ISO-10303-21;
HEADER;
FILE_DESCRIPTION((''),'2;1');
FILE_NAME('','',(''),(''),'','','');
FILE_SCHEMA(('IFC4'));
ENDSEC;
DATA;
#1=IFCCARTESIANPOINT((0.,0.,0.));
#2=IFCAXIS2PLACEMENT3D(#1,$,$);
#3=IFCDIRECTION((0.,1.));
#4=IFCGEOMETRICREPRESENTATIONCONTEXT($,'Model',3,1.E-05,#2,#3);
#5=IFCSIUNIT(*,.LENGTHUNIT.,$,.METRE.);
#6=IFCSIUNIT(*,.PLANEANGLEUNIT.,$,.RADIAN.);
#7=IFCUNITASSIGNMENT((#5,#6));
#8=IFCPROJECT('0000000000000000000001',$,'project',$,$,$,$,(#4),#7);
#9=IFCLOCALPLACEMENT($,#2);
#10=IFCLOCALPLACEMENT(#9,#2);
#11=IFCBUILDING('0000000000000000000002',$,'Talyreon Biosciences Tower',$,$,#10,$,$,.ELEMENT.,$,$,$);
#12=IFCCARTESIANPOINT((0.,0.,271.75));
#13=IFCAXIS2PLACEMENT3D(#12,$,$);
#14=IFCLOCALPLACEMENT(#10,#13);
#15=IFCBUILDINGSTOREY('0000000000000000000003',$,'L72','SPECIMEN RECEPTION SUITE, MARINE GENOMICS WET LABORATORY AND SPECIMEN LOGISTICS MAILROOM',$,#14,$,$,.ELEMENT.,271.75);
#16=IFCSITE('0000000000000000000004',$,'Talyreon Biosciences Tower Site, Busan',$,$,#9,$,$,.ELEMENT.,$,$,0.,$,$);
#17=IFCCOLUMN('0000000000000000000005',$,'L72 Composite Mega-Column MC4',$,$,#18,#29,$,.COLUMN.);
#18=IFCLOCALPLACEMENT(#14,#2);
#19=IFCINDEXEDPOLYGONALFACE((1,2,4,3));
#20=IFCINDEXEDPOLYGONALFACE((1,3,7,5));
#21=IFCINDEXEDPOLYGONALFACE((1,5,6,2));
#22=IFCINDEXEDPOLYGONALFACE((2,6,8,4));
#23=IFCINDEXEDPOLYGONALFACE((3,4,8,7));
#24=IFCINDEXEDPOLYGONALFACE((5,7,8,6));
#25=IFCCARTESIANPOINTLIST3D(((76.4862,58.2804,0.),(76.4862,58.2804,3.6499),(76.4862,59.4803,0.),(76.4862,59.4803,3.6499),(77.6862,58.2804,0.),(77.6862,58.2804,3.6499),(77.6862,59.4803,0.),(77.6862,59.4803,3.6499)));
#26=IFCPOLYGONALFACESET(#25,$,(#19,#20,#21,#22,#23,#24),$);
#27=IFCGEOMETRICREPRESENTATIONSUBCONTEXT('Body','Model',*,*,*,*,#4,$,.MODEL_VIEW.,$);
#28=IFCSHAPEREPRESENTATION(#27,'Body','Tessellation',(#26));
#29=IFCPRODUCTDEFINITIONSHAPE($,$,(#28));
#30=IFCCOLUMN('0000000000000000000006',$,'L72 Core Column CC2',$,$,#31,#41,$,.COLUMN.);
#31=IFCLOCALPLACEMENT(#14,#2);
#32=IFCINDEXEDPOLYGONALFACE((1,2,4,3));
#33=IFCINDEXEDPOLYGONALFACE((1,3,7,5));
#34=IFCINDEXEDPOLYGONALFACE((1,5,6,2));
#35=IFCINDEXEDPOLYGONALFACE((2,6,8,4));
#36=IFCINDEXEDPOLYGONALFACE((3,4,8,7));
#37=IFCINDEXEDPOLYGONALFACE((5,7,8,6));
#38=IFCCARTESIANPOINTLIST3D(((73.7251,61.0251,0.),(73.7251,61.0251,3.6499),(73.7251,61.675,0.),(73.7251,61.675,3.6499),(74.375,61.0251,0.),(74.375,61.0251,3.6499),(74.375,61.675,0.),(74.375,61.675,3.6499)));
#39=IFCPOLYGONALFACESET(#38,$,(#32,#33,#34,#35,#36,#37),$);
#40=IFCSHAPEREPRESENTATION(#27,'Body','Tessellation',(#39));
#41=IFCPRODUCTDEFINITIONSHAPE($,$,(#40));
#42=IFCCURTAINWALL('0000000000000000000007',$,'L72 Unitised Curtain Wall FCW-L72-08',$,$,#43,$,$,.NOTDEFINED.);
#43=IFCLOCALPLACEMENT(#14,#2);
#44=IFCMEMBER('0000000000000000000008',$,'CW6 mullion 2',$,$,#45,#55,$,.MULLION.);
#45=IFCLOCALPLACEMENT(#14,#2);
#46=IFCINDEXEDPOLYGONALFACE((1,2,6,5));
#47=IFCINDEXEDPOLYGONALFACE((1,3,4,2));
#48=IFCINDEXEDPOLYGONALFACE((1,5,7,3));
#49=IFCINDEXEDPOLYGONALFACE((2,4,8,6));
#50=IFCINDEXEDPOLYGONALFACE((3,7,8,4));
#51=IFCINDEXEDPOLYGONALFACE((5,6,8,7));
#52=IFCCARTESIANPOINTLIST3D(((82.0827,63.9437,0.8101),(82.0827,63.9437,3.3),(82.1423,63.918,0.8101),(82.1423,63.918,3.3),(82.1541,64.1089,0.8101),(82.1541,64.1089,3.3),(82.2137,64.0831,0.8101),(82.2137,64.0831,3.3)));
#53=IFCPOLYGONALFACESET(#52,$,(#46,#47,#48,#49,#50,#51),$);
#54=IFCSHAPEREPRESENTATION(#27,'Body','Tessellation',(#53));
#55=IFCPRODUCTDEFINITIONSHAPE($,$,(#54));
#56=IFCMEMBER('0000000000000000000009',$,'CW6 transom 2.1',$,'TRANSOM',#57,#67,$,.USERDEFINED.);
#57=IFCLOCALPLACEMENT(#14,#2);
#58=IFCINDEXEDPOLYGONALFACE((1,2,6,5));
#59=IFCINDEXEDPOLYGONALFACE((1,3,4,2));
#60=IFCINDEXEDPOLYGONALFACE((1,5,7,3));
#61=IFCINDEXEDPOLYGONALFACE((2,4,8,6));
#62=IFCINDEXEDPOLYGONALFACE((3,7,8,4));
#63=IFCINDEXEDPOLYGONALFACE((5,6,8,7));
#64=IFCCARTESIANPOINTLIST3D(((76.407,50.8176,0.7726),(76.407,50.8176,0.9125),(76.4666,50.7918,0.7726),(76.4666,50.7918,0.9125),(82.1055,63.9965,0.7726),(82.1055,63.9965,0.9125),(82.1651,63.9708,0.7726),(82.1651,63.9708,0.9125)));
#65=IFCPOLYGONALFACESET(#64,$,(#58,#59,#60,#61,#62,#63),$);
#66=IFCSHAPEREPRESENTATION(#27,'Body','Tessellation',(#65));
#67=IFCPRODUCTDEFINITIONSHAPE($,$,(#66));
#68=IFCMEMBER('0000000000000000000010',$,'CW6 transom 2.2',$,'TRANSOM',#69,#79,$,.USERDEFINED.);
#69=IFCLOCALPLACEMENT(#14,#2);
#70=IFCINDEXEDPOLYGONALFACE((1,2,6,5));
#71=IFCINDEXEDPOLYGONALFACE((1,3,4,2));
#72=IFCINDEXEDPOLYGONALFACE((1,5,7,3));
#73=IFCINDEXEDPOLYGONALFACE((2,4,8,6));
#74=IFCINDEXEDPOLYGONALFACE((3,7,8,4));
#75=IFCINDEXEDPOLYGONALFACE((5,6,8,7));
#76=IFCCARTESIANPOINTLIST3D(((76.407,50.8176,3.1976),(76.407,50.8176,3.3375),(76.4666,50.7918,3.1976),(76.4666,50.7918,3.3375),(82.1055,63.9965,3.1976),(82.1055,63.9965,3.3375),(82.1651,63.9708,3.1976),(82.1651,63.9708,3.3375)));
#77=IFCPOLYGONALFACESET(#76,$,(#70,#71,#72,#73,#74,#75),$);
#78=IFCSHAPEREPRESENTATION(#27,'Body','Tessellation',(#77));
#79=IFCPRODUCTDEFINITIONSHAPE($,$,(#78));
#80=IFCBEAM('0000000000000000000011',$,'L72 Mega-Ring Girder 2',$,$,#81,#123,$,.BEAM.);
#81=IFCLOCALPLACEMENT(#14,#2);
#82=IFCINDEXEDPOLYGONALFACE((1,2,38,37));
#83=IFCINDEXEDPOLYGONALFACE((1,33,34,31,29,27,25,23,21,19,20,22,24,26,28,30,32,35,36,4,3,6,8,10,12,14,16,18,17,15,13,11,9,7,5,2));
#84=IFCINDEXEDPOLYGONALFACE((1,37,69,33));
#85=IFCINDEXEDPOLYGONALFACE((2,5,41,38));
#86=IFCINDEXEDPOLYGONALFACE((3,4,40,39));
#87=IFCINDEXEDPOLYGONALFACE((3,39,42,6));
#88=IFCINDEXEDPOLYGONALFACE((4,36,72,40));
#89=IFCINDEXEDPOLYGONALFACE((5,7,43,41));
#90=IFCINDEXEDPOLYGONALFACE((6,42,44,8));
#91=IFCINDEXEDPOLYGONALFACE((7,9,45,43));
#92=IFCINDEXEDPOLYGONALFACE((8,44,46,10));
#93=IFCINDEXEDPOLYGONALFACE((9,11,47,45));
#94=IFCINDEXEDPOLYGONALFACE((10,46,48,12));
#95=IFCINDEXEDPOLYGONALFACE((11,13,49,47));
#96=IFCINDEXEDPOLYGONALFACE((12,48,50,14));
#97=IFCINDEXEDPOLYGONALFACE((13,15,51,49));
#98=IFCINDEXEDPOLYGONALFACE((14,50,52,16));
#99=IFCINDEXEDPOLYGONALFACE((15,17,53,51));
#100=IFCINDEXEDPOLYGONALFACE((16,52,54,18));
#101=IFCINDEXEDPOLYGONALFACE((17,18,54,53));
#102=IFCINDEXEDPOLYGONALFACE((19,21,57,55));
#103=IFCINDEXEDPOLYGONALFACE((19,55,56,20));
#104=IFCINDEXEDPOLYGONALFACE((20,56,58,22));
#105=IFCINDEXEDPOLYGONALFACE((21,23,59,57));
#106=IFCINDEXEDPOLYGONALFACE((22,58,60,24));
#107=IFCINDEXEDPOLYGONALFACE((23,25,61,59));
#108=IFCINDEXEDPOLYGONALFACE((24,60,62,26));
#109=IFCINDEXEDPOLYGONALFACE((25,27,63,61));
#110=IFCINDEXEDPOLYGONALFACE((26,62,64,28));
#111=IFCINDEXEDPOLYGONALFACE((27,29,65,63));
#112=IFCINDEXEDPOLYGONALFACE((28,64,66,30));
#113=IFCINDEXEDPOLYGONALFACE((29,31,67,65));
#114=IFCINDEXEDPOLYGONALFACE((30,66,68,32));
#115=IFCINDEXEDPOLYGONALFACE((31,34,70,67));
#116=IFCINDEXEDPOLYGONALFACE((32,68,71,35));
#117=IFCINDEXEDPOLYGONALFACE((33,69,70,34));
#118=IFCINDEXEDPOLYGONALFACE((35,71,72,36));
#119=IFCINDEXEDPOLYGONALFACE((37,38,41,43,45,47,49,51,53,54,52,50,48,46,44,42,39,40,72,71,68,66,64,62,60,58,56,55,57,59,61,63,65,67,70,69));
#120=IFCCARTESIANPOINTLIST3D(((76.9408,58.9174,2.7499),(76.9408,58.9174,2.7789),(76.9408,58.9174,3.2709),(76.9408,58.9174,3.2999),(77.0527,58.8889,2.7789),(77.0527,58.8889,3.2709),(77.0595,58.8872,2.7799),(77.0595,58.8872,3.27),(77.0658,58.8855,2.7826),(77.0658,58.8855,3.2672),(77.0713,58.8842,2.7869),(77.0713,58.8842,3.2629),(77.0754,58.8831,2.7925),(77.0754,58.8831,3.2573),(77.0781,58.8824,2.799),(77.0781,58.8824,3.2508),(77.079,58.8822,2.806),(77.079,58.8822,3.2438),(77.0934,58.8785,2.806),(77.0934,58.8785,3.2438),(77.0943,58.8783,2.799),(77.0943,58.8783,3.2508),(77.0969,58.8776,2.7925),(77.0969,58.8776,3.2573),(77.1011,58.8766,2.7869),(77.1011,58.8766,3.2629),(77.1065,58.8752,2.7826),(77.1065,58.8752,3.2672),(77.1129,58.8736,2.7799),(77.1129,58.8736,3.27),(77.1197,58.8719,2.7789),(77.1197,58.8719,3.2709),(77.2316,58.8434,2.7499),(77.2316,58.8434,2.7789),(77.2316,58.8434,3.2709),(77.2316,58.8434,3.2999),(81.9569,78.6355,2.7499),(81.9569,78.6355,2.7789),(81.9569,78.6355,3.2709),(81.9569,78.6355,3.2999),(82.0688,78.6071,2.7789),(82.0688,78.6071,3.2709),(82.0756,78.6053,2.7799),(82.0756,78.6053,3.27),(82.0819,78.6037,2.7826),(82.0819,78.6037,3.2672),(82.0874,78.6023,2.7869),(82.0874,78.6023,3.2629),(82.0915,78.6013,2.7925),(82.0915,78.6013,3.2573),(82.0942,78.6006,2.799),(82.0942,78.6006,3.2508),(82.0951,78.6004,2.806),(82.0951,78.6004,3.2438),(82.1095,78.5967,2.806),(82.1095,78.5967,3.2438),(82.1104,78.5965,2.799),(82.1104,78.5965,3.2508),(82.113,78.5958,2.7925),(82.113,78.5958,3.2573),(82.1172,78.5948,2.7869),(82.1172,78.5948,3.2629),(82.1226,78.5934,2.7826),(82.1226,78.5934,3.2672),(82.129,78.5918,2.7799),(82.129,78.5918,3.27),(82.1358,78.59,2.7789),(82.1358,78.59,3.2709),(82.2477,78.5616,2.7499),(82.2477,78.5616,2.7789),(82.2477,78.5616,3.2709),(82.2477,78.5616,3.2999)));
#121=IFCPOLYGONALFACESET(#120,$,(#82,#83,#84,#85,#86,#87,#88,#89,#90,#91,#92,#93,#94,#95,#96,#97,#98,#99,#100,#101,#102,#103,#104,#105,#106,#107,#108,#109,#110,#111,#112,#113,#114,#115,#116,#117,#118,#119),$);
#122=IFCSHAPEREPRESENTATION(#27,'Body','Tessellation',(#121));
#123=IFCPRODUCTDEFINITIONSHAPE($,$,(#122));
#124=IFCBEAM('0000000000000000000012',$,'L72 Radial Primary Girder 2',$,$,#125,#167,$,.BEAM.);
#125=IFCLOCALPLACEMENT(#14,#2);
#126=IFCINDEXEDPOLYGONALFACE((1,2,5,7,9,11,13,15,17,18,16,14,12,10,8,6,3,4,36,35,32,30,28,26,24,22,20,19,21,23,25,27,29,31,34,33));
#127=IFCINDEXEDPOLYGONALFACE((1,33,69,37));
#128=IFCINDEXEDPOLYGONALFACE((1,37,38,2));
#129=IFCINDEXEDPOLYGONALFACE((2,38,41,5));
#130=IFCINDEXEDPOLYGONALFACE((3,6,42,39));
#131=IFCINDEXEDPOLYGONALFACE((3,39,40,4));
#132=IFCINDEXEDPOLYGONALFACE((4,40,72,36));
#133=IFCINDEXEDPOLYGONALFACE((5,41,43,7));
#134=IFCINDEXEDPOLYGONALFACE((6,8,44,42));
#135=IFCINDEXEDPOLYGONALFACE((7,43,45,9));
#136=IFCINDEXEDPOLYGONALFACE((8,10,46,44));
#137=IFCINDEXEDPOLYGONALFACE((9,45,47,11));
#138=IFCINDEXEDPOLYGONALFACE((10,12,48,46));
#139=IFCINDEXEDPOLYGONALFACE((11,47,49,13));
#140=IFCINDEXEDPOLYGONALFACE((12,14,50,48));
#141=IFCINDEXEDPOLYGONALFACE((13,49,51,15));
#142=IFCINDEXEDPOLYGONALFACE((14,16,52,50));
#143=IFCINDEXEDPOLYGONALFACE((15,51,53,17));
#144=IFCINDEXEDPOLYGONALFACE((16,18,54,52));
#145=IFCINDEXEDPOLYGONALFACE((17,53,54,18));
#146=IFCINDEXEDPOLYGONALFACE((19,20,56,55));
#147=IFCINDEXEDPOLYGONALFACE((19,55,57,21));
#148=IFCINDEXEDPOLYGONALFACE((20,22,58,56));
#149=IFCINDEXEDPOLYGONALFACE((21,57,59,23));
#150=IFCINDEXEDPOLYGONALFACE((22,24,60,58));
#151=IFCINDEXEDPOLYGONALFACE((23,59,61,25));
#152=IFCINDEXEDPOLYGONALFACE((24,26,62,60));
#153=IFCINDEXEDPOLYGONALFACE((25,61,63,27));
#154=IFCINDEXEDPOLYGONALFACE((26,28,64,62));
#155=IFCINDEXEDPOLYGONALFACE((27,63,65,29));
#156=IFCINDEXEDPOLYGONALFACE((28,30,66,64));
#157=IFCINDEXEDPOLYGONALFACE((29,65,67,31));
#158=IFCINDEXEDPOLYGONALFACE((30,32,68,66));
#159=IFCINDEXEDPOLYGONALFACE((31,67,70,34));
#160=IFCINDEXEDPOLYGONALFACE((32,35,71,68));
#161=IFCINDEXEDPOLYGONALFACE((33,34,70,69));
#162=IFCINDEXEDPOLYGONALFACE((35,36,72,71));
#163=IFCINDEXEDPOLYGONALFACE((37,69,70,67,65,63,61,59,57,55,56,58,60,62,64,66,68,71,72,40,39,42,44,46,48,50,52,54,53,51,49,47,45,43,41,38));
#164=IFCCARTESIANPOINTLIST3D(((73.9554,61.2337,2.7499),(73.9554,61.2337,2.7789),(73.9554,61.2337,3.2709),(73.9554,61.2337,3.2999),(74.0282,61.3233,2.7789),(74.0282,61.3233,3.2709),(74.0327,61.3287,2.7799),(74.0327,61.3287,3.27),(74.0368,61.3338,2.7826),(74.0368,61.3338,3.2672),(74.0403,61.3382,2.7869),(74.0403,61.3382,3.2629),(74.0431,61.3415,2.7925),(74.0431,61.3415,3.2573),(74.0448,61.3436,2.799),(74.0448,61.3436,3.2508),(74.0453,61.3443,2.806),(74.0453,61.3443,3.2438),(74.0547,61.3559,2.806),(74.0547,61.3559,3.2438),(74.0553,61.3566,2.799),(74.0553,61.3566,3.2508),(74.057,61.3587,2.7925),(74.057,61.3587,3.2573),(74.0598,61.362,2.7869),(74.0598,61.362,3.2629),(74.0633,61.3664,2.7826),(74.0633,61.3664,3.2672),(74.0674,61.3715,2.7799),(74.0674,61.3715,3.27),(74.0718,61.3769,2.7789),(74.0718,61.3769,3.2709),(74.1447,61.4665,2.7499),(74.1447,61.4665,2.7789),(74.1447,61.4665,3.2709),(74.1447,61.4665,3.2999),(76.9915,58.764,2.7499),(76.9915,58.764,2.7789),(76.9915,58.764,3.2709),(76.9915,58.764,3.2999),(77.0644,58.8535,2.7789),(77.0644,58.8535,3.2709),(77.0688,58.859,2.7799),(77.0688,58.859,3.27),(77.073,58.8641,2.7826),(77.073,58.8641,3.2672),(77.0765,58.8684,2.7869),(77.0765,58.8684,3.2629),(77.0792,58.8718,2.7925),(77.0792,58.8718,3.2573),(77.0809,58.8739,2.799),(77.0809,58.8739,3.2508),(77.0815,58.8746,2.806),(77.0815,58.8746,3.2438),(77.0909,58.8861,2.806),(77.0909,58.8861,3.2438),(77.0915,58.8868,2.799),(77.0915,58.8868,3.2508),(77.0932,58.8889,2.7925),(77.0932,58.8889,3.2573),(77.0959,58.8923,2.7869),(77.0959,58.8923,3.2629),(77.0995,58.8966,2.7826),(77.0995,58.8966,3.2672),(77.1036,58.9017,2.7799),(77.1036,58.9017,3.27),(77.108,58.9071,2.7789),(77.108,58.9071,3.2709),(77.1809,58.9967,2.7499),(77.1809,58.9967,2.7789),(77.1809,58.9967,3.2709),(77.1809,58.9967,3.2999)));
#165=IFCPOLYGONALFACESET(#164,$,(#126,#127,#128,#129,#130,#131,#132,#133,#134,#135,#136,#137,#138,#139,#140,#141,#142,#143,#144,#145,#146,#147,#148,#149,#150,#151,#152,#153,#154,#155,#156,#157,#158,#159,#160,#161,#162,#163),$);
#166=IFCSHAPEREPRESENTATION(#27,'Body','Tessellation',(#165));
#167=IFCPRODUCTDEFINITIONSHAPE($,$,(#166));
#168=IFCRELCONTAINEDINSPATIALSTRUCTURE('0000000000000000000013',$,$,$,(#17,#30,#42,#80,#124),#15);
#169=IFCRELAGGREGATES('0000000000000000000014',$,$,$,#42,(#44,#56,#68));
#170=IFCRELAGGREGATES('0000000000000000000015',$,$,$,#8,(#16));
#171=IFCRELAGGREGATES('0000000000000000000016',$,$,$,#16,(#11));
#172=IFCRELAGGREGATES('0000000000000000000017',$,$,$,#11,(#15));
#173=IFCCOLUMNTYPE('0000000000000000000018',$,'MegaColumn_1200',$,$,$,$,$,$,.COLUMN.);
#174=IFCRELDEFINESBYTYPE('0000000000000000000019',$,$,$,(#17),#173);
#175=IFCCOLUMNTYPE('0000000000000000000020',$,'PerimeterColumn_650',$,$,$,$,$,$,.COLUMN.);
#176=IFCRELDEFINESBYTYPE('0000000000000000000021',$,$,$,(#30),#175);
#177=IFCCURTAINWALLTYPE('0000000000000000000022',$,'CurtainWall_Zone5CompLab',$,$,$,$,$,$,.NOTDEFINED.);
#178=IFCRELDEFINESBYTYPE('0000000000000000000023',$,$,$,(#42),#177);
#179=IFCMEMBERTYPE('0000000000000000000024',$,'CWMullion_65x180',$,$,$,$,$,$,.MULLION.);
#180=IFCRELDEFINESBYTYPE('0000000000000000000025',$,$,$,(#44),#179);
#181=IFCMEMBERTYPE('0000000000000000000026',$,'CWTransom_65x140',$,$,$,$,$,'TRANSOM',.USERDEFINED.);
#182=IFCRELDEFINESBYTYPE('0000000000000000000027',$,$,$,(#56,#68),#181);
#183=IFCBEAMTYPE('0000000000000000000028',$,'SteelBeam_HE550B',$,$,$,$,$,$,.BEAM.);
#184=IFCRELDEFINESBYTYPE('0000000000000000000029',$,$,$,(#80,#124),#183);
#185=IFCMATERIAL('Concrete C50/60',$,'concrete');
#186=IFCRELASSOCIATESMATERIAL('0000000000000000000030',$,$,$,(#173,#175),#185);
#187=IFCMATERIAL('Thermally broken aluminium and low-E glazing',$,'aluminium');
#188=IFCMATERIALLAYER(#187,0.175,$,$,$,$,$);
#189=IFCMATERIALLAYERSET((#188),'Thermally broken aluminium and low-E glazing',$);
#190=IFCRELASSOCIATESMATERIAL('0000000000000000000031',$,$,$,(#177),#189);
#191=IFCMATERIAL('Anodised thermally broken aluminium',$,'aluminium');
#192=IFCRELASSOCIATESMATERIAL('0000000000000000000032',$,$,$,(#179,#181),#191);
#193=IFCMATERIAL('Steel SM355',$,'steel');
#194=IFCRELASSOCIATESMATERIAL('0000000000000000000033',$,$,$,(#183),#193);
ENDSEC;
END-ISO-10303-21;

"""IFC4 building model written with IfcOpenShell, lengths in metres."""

from ifc_helpers import new_model, si_unit, direction, frame, origin, origin_2d, place, context, subcontext, project, spatial, rectangle, i_section, extrude, material, layer, layer_set, material_profile, profile_set, type_object, element, aggregate, save


model = new_model("IFC4")

# Units and contexts
model_context = context("Model", 3, precision=1e-05, world=origin(), true_north=direction((0.0, 1.0)))
body_context = subcontext(model_context, "Body", "Model", "MODEL_VIEW")
ifc_project = project(units=[si_unit("LENGTHUNIT", "METRE"), si_unit("PLANEANGLEUNIT", "RADIAN")], contexts=[model_context])

# Site, building, storey
site_placement = place(None, origin())
site = spatial("IfcSite", under=ifc_project, at=site_placement, Name="Talyreon Biosciences Tower Site, Busan", CompositionType="ELEMENT", RefElevation=0.0)
building_placement = place(site_placement, origin())
building = spatial("IfcBuilding", under=site, at=building_placement, Name="Talyreon Biosciences Tower", CompositionType="ELEMENT")
storey_placement = place(building_placement, frame((0.0, 0.0, 271.75)))
storey = spatial("IfcBuildingStorey", under=building, at=storey_placement, Name="L72", Description="SPECIMEN RECEPTION SUITE, MARINE GENOMICS WET LABORATORY AND SPECIMEN LOGISTICS MAILROOM", CompositionType="ELEMENT", Elevation=271.75)

# Columns
ifc_material_1 = material(Name="Concrete C50/60", Category="concrete")
ifc_material_profile_1 = material_profile(ifc_material_1, rectangle(XDim=1.2, YDim=1.2, at=origin_2d()), Name="RC 1200x1200")
ifc_profile_set_1 = profile_set([ifc_material_profile_1], Name="Concrete C50/60")
column_type_1 = type_object("IfcColumnType", Name="MegaColumn_1200", PredefinedType="COLUMN", material=ifc_profile_set_1)
column_1_placement = place(storey_placement, frame((77.0862, 58.8804, 0.0), z_axis=(0.0, 0.0, 1.0), x_axis=(1.0, 0.0, 0.0)))
element("IfcColumn", 1, at=column_1_placement, inside=storey, type_object=column_type_1, Name="L72 Composite Mega-Column MC4", PredefinedType="COLUMN", context=body_context, shape_type="SweptSolid", body=[
    extrude(rectangle(XDim=1.2, YDim=1.2, at=origin_2d()), origin(), (0.0, 0.0, 1.0), 3.6499),
])
ifc_material_profile_2 = material_profile(ifc_material_1, rectangle(XDim=0.6499, YDim=0.6499, at=origin_2d()), Name="RC 650x650")
ifc_profile_set_2 = profile_set([ifc_material_profile_2], Name="Concrete C50/60")
column_type_2 = type_object("IfcColumnType", Name="PerimeterColumn_650", PredefinedType="COLUMN", material=ifc_profile_set_2)
column_2_placement = place(storey_placement, frame((74.05, 61.3501, 0.0), z_axis=(0.0, 0.0, 1.0), x_axis=(1.0, 0.0, 0.0)))
element("IfcColumn", 2, at=column_2_placement, inside=storey, type_object=column_type_2, Name="L72 Core Column CC2", PredefinedType="COLUMN", context=body_context, shape_type="SweptSolid", body=[
    extrude(rectangle(XDim=0.6499, YDim=0.6499, at=origin_2d()), origin(), (0.0, 0.0, 1.0), 3.6499),
])

# Curtain wall, members
ifc_material_2 = material(Name="Thermally broken aluminium and low-E glazing", Category="aluminium")
ifc_layer_1 = layer(ifc_material_2, 0.175)
ifc_layer_set_1 = layer_set([ifc_layer_1], Name="Thermally broken aluminium and low-E glazing")
curtain_wall_type = type_object("IfcCurtainWallType", Name="CurtainWall_Zone5CompLab", PredefinedType="NOTDEFINED", material=ifc_layer_set_1)
curtain_wall_placement = place(storey_placement, origin())
curtain_wall = element("IfcCurtainWall", 3, at=curtain_wall_placement, inside=storey, type_object=curtain_wall_type, Name="L72 Unitised Curtain Wall FCW-L72-08", PredefinedType="NOTDEFINED")
ifc_material_3 = material(Name="Anodised thermally broken aluminium", Category="aluminium")
ifc_material_profile_3 = material_profile(ifc_material_3, rectangle(XDim=0.0649, YDim=0.1799, at=origin_2d()), Name="ALUM MULLION 65x180")
ifc_profile_set_3 = profile_set([ifc_material_profile_3], Name="Anodised thermally broken aluminium")
member_type_1 = type_object("IfcMemberType", Name="CWMullion_65x180", PredefinedType="MULLION", material=ifc_profile_set_3)
member_1_placement = place(storey_placement, frame((82.1482, 64.0134, 0.8101), z_axis=(0.0, 0.0, 1.0), x_axis=(0.917868, -0.396887, 0.0)))
member_1 = element("IfcMember", 4, at=member_1_placement, type_object=member_type_1, Name="CW6 mullion 2", PredefinedType="MULLION", context=body_context, shape_type="SweptSolid", body=[
    extrude(rectangle(XDim=0.0649, YDim=0.1799, at=origin_2d()), origin(), (0.0, 0.0, 1.0), 2.49),
])
ifc_material_profile_4 = material_profile(ifc_material_3, rectangle(XDim=0.0649, YDim=0.1399, at=origin_2d()), Name="ALUM TRANSOM 65x140")
ifc_profile_set_4 = profile_set([ifc_material_profile_4], Name="Anodised thermally broken aluminium")
member_type_2 = type_object("IfcMemberType", Name="CWTransom_65x140", ElementType="TRANSOM", PredefinedType="USERDEFINED", material=ifc_profile_set_4)
member_2_placement = place(storey_placement, frame((82.1353, 63.9836, 0.8425), z_axis=(-0.396881, -0.91787, 0.0), x_axis=(0.91787, -0.396881, 0.0)))
member_2 = element("IfcMember", 5, at=member_2_placement, type_object=member_type_2, Name="CW6 transom 2.1", ObjectType="TRANSOM", PredefinedType="USERDEFINED", context=body_context, shape_type="SweptSolid", body=[
    extrude(rectangle(XDim=0.0649, YDim=0.1399, at=origin_2d()), origin(), (0.0, 0.0, 1.0), 14.3582),
])
member_3_placement = place(storey_placement, frame((82.1353, 63.9836, 3.2676), z_axis=(-0.396881, -0.91787, 0.0), x_axis=(0.91787, -0.396881, 0.0)))
member_3 = element("IfcMember", 6, at=member_3_placement, type_object=member_type_2, Name="CW6 transom 2.2", ObjectType="TRANSOM", PredefinedType="USERDEFINED", context=body_context, shape_type="SweptSolid", body=[
    extrude(rectangle(XDim=0.0649, YDim=0.1399, at=origin_2d()), origin(), (0.0, 0.0, 1.0), 14.3582),
])
aggregate(curtain_wall, [member_1, member_2, member_3])

# Beams
ifc_material_4 = material(Name="Steel SM355", Category="steel")
ifc_material_profile_5 = material_profile(ifc_material_4, i_section(OverallWidth=0.3, OverallDepth=0.55, WebThickness=0.0149, FlangeThickness=0.0291, FilletRadius=0.0271, at=origin_2d()), Name="HE550B")
ifc_profile_set_5 = profile_set([ifc_material_profile_5], Name="Steel SM355")
beam_type_1 = type_object("IfcBeamType", Name="SteelBeam_HE550B", PredefinedType="BEAM", material=ifc_profile_set_5)
beam_1_placement = place(storey_placement, frame((77.0862, 58.8804, 3.0249), z_axis=(0.246537, 0.969133, 0.0), x_axis=(-0.969133, 0.246537, 0.0)))
element("IfcBeam", 7, at=beam_1_placement, inside=storey, type_object=beam_type_1, Name="L72 Mega-Ring Girder 2", PredefinedType="BEAM", context=body_context, shape_type="SweptSolid", body=[
    extrude(i_section(OverallWidth=0.3, OverallDepth=0.55, WebThickness=0.0149, FlangeThickness=0.0291, FilletRadius=0.0271, at=origin_2d()), origin(), (0.0, 0.0, 1.0), 20.3462),
])
beam_2_placement = place(storey_placement, frame((74.05, 61.3501, 3.0249), z_axis=(0.775755, -0.631034, 0.0), x_axis=(0.631034, 0.775755, 0.0)))
element("IfcBeam", 8, at=beam_2_placement, inside=storey, type_object=beam_type_1, Name="L72 Radial Primary Girder 2", PredefinedType="BEAM", context=body_context, shape_type="SweptSolid", body=[
    extrude(i_section(OverallWidth=0.3, OverallDepth=0.55, WebThickness=0.0149, FlangeThickness=0.0291, FilletRadius=0.0271, at=origin_2d()), origin(), (0.0, 0.0, 1.0), 3.9138),
])

save(model, "model.ifc")
